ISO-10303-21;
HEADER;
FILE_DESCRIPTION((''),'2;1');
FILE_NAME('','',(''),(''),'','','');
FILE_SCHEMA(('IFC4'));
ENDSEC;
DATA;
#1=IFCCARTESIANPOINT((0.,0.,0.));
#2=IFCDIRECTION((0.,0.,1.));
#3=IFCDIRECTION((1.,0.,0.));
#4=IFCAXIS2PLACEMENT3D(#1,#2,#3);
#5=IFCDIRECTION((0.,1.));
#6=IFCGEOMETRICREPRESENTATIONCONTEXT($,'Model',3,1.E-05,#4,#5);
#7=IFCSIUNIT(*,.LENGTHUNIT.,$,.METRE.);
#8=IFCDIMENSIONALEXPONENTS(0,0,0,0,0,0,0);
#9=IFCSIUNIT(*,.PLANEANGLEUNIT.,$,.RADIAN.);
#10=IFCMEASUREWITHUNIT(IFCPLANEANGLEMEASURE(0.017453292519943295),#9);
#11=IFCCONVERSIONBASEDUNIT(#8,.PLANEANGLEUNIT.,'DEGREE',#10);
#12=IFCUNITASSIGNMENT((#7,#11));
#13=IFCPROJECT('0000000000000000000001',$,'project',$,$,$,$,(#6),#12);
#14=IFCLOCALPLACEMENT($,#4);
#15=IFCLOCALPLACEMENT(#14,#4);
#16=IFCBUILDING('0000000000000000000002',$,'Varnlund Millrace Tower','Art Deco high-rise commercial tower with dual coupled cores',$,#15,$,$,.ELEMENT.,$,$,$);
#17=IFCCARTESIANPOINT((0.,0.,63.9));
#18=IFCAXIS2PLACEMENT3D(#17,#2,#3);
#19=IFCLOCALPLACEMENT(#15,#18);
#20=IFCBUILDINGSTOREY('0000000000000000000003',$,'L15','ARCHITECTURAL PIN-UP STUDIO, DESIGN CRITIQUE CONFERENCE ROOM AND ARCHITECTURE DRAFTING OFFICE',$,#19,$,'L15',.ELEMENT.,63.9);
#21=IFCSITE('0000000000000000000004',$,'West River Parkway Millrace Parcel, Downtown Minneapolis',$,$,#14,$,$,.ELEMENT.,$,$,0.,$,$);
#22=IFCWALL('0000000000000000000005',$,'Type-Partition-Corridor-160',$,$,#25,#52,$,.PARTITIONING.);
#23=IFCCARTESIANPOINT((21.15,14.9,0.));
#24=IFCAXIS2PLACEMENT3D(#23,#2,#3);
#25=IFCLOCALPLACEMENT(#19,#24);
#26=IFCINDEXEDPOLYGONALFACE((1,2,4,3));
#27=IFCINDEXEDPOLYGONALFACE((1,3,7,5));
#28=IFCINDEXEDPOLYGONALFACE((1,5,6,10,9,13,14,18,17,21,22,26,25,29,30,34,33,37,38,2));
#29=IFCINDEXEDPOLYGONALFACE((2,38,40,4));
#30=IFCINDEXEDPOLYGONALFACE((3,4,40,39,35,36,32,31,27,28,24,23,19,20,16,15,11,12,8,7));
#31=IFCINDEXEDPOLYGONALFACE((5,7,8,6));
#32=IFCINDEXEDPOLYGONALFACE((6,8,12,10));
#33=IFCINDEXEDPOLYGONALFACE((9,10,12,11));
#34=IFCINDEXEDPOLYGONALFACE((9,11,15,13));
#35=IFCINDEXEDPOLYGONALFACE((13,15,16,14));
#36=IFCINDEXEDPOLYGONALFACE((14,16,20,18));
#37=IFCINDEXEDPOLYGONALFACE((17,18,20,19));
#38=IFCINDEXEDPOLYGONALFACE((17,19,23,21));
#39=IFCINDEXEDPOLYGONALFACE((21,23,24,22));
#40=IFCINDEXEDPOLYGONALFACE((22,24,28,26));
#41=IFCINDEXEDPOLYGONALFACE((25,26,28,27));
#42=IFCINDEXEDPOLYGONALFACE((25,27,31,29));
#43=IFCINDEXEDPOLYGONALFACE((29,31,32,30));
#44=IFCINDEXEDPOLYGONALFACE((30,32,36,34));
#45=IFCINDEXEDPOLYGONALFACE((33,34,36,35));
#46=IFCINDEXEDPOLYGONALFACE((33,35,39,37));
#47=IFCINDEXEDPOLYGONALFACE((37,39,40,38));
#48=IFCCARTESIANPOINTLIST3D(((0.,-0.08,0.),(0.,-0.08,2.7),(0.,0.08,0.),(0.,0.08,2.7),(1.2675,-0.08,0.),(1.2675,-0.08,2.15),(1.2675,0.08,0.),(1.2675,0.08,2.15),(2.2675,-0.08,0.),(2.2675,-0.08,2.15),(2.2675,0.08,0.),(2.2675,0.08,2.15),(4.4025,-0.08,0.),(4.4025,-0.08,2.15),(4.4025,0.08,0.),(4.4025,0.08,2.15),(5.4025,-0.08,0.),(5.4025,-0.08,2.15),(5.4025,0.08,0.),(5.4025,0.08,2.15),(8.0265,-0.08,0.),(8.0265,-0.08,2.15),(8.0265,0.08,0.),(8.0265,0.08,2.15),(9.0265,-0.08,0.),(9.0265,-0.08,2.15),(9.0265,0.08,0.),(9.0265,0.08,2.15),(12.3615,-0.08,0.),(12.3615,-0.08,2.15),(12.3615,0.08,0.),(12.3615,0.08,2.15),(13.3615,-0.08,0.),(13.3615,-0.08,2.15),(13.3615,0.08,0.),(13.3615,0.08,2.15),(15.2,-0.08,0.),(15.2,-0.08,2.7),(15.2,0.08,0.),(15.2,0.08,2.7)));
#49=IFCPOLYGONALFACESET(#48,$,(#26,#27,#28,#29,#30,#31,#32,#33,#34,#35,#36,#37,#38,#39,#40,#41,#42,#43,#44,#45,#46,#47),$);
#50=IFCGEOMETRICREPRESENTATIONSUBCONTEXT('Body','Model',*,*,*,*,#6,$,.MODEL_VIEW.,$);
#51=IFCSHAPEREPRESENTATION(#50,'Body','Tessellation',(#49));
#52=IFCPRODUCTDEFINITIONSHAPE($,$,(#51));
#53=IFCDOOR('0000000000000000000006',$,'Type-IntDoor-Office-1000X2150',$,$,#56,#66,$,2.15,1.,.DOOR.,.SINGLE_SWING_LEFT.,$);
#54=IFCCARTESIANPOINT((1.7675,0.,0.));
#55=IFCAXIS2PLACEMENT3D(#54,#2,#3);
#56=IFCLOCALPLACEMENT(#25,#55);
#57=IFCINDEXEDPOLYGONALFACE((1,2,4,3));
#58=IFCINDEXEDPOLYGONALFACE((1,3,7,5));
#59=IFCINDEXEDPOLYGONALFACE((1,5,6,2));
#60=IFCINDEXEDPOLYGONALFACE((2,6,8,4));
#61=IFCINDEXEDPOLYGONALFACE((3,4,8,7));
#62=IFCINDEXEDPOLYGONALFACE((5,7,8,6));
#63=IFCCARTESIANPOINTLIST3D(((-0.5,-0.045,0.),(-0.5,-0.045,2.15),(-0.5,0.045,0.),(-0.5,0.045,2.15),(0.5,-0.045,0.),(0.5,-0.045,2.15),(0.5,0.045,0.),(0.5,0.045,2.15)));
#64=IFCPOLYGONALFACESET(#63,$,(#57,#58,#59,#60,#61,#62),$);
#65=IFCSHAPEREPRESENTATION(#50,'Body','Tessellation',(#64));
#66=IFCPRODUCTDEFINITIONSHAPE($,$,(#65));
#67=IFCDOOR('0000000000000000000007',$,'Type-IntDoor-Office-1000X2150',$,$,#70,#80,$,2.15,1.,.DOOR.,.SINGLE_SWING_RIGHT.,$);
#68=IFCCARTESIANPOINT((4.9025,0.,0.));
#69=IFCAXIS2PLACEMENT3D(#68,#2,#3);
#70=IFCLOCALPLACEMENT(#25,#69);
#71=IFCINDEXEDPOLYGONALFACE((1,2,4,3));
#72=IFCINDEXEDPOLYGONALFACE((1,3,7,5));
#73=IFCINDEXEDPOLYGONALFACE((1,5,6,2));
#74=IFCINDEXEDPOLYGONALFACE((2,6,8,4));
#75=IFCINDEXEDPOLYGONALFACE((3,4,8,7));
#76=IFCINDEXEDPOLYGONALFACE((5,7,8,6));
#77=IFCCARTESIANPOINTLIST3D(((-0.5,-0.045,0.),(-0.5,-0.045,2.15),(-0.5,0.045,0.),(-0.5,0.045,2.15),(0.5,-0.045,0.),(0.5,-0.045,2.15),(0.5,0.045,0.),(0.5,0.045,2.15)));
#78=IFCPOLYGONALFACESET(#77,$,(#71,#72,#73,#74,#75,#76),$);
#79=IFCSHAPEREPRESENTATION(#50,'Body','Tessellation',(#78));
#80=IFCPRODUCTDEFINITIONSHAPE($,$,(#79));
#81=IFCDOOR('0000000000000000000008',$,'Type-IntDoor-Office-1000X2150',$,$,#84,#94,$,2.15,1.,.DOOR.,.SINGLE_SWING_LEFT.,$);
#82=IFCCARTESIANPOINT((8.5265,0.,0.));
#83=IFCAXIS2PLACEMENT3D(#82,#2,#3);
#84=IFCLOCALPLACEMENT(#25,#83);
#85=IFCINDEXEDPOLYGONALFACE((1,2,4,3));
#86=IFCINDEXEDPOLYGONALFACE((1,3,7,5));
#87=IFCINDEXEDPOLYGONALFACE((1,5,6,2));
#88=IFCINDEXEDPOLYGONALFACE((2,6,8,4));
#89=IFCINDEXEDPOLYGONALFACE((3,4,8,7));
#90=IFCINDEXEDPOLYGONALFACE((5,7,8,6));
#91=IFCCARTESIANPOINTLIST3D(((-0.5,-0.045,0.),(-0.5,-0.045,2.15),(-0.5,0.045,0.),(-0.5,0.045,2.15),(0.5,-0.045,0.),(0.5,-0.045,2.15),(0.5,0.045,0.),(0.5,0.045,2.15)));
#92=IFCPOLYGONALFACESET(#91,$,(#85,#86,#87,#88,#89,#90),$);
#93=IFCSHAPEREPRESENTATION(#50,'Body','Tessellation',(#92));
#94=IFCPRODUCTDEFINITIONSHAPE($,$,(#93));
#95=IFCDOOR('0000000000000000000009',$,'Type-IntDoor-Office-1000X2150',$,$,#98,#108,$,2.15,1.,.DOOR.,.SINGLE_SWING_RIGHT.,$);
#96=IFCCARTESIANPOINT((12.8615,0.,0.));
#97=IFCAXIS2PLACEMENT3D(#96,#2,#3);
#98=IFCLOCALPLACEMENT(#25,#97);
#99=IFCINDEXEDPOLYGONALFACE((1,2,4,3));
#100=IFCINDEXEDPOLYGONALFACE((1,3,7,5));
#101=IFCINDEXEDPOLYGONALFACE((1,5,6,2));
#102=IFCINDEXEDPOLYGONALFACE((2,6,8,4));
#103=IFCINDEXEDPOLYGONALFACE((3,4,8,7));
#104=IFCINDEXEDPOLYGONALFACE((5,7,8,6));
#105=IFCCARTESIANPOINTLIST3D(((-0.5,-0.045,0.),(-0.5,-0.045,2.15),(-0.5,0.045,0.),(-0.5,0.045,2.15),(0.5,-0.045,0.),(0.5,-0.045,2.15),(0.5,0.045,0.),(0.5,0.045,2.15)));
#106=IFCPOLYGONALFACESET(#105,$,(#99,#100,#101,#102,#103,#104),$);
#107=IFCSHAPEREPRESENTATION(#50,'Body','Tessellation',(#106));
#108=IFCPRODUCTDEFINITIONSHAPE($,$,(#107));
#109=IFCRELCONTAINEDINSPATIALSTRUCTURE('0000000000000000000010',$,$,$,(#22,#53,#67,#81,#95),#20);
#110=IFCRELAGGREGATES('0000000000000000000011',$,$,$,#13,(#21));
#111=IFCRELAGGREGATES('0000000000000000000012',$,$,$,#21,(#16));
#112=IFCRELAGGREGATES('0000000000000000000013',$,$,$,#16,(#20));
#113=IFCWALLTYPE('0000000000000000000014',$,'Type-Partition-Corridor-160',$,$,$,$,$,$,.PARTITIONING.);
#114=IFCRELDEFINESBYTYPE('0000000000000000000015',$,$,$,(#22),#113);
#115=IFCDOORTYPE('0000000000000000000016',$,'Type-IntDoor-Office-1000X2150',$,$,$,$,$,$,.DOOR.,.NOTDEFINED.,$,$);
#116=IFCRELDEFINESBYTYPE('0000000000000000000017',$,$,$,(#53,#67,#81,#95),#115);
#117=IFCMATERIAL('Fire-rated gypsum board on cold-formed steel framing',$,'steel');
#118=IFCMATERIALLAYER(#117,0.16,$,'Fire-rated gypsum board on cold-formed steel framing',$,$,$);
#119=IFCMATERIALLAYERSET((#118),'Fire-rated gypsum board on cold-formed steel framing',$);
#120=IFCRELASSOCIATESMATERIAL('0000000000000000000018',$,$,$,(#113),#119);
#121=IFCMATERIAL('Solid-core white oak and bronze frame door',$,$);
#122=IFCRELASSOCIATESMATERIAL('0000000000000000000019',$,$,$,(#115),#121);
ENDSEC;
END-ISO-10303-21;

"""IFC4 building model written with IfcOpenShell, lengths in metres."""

from ifc_helpers import new_model, entity, si_unit, converted_unit, direction, frame, origin_with_axes, origin_2d_with_axis, place, context, subcontext, project, spatial, polyline, rectangle, outline, extrude, material, layer, layer_set, type_object, element, fill, save


model = new_model("IFC4")

# Units and contexts
model_context = context("Model", 3, precision=1e-05, world=origin_with_axes(), true_north=direction((0.0, 1.0)))
body_context = subcontext(model_context, "Body", "Model", "MODEL_VIEW")
ifc_project = project(units=[si_unit("LENGTHUNIT", "METRE"), converted_unit("PLANEANGLEUNIT", "DEGREE", entity("IfcPlaneAngleMeasure", 0.017453292519943295), si_unit("PLANEANGLEUNIT", "RADIAN"), dimensions=[0, 0, 0, 0, 0, 0, 0])], contexts=[model_context])

# Site, building, storey
site_placement = place(None, origin_with_axes())
site = spatial("IfcSite", under=ifc_project, at=site_placement, Name="West River Parkway Millrace Parcel, Downtown Minneapolis", CompositionType="ELEMENT", RefElevation=0.0)
building_placement = place(site_placement, origin_with_axes())
building = spatial("IfcBuilding", under=site, at=building_placement, Name="Varnlund Millrace Tower", Description="Art Deco high-rise commercial tower with dual coupled cores", CompositionType="ELEMENT")
storey_placement = place(building_placement, frame((0.0, 0.0, 63.9), z_axis=(0.0, 0.0, 1.0), x_axis=(1.0, 0.0, 0.0)))
storey = spatial("IfcBuildingStorey", under=building, at=storey_placement, Name="L15", Description="ARCHITECTURAL PIN-UP STUDIO, DESIGN CRITIQUE CONFERENCE ROOM AND ARCHITECTURE DRAFTING OFFICE", LongName="L15", CompositionType="ELEMENT", Elevation=63.9)

# Shared definitions
ifc_material_1 = material(Name="Fire-rated gypsum board on cold-formed steel framing", Category="steel")
ifc_layer = layer(ifc_material_1, 0.16, Name="Fire-rated gypsum board on cold-formed steel framing")
ifc_layer_set = layer_set([ifc_layer], Name="Fire-rated gypsum board on cold-formed steel framing")
wall_type = type_object("IfcWallType", Name="Type-Partition-Corridor-160", PredefinedType="PARTITIONING", material=ifc_layer_set)

# Wall, openings, doors
wall_1_placement = place(storey_placement, frame((21.15, 14.9, 0.0), z_axis=(0.0, 0.0, 1.0), x_axis=(1.0, 0.0, 0.0)))
wall_1 = element("IfcWall", 1, at=wall_1_placement, inside=storey, type_object=wall_type, Name="Type-Partition-Corridor-160", PredefinedType="PARTITIONING", context=body_context, shape_type="SweptSolid", body=[
    extrude(outline(polyline([(0.0, -0.08), (15.2, -0.08), (15.2, 0.08), (0.0, 0.08), (0.0, -0.08)])), origin_with_axes(), (0.0, 0.0, 1.0), 2.7),
])
opening_1_placement = place(wall_1_placement, frame((1.7675, 0.0, 0.0), z_axis=(0.0, 0.0, 1.0), x_axis=(1.0, 0.0, 0.0)))
opening_1 = element("IfcOpeningElement", 2, at=opening_1_placement, cuts=wall_1, PredefinedType="OPENING", context=body_context, shape_type="SweptSolid", body=[
    extrude(rectangle(XDim=1.0, YDim=0.18, at=origin_2d_with_axis()), origin_with_axes(), (0.0, 0.0, 1.0), 2.15),
])
opening_2_placement = place(wall_1_placement, frame((4.9025, 0.0, 0.0), z_axis=(0.0, 0.0, 1.0), x_axis=(1.0, 0.0, 0.0)))
opening_2 = element("IfcOpeningElement", 3, at=opening_2_placement, cuts=wall_1, PredefinedType="OPENING", context=body_context, shape_type="SweptSolid", body=[
    extrude(rectangle(XDim=1.0, YDim=0.18, at=origin_2d_with_axis()), origin_with_axes(), (0.0, 0.0, 1.0), 2.15),
])
opening_3_placement = place(wall_1_placement, frame((8.5265, 0.0, 0.0), z_axis=(0.0, 0.0, 1.0), x_axis=(1.0, 0.0, 0.0)))
opening_3 = element("IfcOpeningElement", 4, at=opening_3_placement, cuts=wall_1, PredefinedType="OPENING", context=body_context, shape_type="SweptSolid", body=[
    extrude(rectangle(XDim=1.0, YDim=0.18, at=origin_2d_with_axis()), origin_with_axes(), (0.0, 0.0, 1.0), 2.15),
])
opening_4_placement = place(wall_1_placement, frame((12.8615, 0.0, 0.0), z_axis=(0.0, 0.0, 1.0), x_axis=(1.0, 0.0, 0.0)))
opening_4 = element("IfcOpeningElement", 5, at=opening_4_placement, cuts=wall_1, PredefinedType="OPENING", context=body_context, shape_type="SweptSolid", body=[
    extrude(rectangle(XDim=1.0, YDim=0.18, at=origin_2d_with_axis()), origin_with_axes(), (0.0, 0.0, 1.0), 2.15),
])
ifc_material_2 = material(Name="Solid-core white oak and bronze frame door")
door_type = type_object("IfcDoorType", Name="Type-IntDoor-Office-1000X2150", OperationType="NOTDEFINED", PredefinedType="DOOR", material=ifc_material_2)
door_1_placement = place(wall_1_placement, frame((1.7675, 0.0, 0.0), z_axis=(0.0, 0.0, 1.0), x_axis=(1.0, 0.0, 0.0)))
door_1 = element("IfcDoor", 6, at=door_1_placement, inside=storey, type_object=door_type, Name="Type-IntDoor-Office-1000X2150", OperationType="SINGLE_SWING_LEFT", OverallHeight=2.15, OverallWidth=1.0, PredefinedType="DOOR", context=body_context, shape_type="SweptSolid", body=[
    extrude(rectangle(XDim=1.0, YDim=0.09, at=origin_2d_with_axis()), origin_with_axes(), (0.0, 0.0, 1.0), 2.15),
])
fill(opening_1, door_1)
door_2_placement = place(wall_1_placement, frame((4.9025, 0.0, 0.0), z_axis=(0.0, 0.0, 1.0), x_axis=(1.0, 0.0, 0.0)))
door_2 = element("IfcDoor", 7, at=door_2_placement, inside=storey, type_object=door_type, Name="Type-IntDoor-Office-1000X2150", OperationType="SINGLE_SWING_RIGHT", OverallHeight=2.15, OverallWidth=1.0, PredefinedType="DOOR", context=body_context, shape_type="SweptSolid", body=[
    extrude(rectangle(XDim=1.0, YDim=0.09, at=origin_2d_with_axis()), origin_with_axes(), (0.0, 0.0, 1.0), 2.15),
])
fill(opening_2, door_2)
door_3_placement = place(wall_1_placement, frame((8.5265, 0.0, 0.0), z_axis=(0.0, 0.0, 1.0), x_axis=(1.0, 0.0, 0.0)))
door_3 = element("IfcDoor", 8, at=door_3_placement, inside=storey, type_object=door_type, Name="Type-IntDoor-Office-1000X2150", OperationType="SINGLE_SWING_LEFT", OverallHeight=2.15, OverallWidth=1.0, PredefinedType="DOOR", context=body_context, shape_type="SweptSolid", body=[
    extrude(rectangle(XDim=1.0, YDim=0.09, at=origin_2d_with_axis()), origin_with_axes(), (0.0, 0.0, 1.0), 2.15),
])
fill(opening_3, door_3)
door_4_placement = place(wall_1_placement, frame((12.8615, 0.0, 0.0), z_axis=(0.0, 0.0, 1.0), x_axis=(1.0, 0.0, 0.0)))
door_4 = element("IfcDoor", 9, at=door_4_placement, inside=storey, type_object=door_type, Name="Type-IntDoor-Office-1000X2150", OperationType="SINGLE_SWING_RIGHT", OverallHeight=2.15, OverallWidth=1.0, PredefinedType="DOOR", context=body_context, shape_type="SweptSolid", body=[
    extrude(rectangle(XDim=1.0, YDim=0.09, at=origin_2d_with_axis()), origin_with_axes(), (0.0, 0.0, 1.0), 2.15),
])
fill(opening_4, door_4)

save(model, "model.ifc")
